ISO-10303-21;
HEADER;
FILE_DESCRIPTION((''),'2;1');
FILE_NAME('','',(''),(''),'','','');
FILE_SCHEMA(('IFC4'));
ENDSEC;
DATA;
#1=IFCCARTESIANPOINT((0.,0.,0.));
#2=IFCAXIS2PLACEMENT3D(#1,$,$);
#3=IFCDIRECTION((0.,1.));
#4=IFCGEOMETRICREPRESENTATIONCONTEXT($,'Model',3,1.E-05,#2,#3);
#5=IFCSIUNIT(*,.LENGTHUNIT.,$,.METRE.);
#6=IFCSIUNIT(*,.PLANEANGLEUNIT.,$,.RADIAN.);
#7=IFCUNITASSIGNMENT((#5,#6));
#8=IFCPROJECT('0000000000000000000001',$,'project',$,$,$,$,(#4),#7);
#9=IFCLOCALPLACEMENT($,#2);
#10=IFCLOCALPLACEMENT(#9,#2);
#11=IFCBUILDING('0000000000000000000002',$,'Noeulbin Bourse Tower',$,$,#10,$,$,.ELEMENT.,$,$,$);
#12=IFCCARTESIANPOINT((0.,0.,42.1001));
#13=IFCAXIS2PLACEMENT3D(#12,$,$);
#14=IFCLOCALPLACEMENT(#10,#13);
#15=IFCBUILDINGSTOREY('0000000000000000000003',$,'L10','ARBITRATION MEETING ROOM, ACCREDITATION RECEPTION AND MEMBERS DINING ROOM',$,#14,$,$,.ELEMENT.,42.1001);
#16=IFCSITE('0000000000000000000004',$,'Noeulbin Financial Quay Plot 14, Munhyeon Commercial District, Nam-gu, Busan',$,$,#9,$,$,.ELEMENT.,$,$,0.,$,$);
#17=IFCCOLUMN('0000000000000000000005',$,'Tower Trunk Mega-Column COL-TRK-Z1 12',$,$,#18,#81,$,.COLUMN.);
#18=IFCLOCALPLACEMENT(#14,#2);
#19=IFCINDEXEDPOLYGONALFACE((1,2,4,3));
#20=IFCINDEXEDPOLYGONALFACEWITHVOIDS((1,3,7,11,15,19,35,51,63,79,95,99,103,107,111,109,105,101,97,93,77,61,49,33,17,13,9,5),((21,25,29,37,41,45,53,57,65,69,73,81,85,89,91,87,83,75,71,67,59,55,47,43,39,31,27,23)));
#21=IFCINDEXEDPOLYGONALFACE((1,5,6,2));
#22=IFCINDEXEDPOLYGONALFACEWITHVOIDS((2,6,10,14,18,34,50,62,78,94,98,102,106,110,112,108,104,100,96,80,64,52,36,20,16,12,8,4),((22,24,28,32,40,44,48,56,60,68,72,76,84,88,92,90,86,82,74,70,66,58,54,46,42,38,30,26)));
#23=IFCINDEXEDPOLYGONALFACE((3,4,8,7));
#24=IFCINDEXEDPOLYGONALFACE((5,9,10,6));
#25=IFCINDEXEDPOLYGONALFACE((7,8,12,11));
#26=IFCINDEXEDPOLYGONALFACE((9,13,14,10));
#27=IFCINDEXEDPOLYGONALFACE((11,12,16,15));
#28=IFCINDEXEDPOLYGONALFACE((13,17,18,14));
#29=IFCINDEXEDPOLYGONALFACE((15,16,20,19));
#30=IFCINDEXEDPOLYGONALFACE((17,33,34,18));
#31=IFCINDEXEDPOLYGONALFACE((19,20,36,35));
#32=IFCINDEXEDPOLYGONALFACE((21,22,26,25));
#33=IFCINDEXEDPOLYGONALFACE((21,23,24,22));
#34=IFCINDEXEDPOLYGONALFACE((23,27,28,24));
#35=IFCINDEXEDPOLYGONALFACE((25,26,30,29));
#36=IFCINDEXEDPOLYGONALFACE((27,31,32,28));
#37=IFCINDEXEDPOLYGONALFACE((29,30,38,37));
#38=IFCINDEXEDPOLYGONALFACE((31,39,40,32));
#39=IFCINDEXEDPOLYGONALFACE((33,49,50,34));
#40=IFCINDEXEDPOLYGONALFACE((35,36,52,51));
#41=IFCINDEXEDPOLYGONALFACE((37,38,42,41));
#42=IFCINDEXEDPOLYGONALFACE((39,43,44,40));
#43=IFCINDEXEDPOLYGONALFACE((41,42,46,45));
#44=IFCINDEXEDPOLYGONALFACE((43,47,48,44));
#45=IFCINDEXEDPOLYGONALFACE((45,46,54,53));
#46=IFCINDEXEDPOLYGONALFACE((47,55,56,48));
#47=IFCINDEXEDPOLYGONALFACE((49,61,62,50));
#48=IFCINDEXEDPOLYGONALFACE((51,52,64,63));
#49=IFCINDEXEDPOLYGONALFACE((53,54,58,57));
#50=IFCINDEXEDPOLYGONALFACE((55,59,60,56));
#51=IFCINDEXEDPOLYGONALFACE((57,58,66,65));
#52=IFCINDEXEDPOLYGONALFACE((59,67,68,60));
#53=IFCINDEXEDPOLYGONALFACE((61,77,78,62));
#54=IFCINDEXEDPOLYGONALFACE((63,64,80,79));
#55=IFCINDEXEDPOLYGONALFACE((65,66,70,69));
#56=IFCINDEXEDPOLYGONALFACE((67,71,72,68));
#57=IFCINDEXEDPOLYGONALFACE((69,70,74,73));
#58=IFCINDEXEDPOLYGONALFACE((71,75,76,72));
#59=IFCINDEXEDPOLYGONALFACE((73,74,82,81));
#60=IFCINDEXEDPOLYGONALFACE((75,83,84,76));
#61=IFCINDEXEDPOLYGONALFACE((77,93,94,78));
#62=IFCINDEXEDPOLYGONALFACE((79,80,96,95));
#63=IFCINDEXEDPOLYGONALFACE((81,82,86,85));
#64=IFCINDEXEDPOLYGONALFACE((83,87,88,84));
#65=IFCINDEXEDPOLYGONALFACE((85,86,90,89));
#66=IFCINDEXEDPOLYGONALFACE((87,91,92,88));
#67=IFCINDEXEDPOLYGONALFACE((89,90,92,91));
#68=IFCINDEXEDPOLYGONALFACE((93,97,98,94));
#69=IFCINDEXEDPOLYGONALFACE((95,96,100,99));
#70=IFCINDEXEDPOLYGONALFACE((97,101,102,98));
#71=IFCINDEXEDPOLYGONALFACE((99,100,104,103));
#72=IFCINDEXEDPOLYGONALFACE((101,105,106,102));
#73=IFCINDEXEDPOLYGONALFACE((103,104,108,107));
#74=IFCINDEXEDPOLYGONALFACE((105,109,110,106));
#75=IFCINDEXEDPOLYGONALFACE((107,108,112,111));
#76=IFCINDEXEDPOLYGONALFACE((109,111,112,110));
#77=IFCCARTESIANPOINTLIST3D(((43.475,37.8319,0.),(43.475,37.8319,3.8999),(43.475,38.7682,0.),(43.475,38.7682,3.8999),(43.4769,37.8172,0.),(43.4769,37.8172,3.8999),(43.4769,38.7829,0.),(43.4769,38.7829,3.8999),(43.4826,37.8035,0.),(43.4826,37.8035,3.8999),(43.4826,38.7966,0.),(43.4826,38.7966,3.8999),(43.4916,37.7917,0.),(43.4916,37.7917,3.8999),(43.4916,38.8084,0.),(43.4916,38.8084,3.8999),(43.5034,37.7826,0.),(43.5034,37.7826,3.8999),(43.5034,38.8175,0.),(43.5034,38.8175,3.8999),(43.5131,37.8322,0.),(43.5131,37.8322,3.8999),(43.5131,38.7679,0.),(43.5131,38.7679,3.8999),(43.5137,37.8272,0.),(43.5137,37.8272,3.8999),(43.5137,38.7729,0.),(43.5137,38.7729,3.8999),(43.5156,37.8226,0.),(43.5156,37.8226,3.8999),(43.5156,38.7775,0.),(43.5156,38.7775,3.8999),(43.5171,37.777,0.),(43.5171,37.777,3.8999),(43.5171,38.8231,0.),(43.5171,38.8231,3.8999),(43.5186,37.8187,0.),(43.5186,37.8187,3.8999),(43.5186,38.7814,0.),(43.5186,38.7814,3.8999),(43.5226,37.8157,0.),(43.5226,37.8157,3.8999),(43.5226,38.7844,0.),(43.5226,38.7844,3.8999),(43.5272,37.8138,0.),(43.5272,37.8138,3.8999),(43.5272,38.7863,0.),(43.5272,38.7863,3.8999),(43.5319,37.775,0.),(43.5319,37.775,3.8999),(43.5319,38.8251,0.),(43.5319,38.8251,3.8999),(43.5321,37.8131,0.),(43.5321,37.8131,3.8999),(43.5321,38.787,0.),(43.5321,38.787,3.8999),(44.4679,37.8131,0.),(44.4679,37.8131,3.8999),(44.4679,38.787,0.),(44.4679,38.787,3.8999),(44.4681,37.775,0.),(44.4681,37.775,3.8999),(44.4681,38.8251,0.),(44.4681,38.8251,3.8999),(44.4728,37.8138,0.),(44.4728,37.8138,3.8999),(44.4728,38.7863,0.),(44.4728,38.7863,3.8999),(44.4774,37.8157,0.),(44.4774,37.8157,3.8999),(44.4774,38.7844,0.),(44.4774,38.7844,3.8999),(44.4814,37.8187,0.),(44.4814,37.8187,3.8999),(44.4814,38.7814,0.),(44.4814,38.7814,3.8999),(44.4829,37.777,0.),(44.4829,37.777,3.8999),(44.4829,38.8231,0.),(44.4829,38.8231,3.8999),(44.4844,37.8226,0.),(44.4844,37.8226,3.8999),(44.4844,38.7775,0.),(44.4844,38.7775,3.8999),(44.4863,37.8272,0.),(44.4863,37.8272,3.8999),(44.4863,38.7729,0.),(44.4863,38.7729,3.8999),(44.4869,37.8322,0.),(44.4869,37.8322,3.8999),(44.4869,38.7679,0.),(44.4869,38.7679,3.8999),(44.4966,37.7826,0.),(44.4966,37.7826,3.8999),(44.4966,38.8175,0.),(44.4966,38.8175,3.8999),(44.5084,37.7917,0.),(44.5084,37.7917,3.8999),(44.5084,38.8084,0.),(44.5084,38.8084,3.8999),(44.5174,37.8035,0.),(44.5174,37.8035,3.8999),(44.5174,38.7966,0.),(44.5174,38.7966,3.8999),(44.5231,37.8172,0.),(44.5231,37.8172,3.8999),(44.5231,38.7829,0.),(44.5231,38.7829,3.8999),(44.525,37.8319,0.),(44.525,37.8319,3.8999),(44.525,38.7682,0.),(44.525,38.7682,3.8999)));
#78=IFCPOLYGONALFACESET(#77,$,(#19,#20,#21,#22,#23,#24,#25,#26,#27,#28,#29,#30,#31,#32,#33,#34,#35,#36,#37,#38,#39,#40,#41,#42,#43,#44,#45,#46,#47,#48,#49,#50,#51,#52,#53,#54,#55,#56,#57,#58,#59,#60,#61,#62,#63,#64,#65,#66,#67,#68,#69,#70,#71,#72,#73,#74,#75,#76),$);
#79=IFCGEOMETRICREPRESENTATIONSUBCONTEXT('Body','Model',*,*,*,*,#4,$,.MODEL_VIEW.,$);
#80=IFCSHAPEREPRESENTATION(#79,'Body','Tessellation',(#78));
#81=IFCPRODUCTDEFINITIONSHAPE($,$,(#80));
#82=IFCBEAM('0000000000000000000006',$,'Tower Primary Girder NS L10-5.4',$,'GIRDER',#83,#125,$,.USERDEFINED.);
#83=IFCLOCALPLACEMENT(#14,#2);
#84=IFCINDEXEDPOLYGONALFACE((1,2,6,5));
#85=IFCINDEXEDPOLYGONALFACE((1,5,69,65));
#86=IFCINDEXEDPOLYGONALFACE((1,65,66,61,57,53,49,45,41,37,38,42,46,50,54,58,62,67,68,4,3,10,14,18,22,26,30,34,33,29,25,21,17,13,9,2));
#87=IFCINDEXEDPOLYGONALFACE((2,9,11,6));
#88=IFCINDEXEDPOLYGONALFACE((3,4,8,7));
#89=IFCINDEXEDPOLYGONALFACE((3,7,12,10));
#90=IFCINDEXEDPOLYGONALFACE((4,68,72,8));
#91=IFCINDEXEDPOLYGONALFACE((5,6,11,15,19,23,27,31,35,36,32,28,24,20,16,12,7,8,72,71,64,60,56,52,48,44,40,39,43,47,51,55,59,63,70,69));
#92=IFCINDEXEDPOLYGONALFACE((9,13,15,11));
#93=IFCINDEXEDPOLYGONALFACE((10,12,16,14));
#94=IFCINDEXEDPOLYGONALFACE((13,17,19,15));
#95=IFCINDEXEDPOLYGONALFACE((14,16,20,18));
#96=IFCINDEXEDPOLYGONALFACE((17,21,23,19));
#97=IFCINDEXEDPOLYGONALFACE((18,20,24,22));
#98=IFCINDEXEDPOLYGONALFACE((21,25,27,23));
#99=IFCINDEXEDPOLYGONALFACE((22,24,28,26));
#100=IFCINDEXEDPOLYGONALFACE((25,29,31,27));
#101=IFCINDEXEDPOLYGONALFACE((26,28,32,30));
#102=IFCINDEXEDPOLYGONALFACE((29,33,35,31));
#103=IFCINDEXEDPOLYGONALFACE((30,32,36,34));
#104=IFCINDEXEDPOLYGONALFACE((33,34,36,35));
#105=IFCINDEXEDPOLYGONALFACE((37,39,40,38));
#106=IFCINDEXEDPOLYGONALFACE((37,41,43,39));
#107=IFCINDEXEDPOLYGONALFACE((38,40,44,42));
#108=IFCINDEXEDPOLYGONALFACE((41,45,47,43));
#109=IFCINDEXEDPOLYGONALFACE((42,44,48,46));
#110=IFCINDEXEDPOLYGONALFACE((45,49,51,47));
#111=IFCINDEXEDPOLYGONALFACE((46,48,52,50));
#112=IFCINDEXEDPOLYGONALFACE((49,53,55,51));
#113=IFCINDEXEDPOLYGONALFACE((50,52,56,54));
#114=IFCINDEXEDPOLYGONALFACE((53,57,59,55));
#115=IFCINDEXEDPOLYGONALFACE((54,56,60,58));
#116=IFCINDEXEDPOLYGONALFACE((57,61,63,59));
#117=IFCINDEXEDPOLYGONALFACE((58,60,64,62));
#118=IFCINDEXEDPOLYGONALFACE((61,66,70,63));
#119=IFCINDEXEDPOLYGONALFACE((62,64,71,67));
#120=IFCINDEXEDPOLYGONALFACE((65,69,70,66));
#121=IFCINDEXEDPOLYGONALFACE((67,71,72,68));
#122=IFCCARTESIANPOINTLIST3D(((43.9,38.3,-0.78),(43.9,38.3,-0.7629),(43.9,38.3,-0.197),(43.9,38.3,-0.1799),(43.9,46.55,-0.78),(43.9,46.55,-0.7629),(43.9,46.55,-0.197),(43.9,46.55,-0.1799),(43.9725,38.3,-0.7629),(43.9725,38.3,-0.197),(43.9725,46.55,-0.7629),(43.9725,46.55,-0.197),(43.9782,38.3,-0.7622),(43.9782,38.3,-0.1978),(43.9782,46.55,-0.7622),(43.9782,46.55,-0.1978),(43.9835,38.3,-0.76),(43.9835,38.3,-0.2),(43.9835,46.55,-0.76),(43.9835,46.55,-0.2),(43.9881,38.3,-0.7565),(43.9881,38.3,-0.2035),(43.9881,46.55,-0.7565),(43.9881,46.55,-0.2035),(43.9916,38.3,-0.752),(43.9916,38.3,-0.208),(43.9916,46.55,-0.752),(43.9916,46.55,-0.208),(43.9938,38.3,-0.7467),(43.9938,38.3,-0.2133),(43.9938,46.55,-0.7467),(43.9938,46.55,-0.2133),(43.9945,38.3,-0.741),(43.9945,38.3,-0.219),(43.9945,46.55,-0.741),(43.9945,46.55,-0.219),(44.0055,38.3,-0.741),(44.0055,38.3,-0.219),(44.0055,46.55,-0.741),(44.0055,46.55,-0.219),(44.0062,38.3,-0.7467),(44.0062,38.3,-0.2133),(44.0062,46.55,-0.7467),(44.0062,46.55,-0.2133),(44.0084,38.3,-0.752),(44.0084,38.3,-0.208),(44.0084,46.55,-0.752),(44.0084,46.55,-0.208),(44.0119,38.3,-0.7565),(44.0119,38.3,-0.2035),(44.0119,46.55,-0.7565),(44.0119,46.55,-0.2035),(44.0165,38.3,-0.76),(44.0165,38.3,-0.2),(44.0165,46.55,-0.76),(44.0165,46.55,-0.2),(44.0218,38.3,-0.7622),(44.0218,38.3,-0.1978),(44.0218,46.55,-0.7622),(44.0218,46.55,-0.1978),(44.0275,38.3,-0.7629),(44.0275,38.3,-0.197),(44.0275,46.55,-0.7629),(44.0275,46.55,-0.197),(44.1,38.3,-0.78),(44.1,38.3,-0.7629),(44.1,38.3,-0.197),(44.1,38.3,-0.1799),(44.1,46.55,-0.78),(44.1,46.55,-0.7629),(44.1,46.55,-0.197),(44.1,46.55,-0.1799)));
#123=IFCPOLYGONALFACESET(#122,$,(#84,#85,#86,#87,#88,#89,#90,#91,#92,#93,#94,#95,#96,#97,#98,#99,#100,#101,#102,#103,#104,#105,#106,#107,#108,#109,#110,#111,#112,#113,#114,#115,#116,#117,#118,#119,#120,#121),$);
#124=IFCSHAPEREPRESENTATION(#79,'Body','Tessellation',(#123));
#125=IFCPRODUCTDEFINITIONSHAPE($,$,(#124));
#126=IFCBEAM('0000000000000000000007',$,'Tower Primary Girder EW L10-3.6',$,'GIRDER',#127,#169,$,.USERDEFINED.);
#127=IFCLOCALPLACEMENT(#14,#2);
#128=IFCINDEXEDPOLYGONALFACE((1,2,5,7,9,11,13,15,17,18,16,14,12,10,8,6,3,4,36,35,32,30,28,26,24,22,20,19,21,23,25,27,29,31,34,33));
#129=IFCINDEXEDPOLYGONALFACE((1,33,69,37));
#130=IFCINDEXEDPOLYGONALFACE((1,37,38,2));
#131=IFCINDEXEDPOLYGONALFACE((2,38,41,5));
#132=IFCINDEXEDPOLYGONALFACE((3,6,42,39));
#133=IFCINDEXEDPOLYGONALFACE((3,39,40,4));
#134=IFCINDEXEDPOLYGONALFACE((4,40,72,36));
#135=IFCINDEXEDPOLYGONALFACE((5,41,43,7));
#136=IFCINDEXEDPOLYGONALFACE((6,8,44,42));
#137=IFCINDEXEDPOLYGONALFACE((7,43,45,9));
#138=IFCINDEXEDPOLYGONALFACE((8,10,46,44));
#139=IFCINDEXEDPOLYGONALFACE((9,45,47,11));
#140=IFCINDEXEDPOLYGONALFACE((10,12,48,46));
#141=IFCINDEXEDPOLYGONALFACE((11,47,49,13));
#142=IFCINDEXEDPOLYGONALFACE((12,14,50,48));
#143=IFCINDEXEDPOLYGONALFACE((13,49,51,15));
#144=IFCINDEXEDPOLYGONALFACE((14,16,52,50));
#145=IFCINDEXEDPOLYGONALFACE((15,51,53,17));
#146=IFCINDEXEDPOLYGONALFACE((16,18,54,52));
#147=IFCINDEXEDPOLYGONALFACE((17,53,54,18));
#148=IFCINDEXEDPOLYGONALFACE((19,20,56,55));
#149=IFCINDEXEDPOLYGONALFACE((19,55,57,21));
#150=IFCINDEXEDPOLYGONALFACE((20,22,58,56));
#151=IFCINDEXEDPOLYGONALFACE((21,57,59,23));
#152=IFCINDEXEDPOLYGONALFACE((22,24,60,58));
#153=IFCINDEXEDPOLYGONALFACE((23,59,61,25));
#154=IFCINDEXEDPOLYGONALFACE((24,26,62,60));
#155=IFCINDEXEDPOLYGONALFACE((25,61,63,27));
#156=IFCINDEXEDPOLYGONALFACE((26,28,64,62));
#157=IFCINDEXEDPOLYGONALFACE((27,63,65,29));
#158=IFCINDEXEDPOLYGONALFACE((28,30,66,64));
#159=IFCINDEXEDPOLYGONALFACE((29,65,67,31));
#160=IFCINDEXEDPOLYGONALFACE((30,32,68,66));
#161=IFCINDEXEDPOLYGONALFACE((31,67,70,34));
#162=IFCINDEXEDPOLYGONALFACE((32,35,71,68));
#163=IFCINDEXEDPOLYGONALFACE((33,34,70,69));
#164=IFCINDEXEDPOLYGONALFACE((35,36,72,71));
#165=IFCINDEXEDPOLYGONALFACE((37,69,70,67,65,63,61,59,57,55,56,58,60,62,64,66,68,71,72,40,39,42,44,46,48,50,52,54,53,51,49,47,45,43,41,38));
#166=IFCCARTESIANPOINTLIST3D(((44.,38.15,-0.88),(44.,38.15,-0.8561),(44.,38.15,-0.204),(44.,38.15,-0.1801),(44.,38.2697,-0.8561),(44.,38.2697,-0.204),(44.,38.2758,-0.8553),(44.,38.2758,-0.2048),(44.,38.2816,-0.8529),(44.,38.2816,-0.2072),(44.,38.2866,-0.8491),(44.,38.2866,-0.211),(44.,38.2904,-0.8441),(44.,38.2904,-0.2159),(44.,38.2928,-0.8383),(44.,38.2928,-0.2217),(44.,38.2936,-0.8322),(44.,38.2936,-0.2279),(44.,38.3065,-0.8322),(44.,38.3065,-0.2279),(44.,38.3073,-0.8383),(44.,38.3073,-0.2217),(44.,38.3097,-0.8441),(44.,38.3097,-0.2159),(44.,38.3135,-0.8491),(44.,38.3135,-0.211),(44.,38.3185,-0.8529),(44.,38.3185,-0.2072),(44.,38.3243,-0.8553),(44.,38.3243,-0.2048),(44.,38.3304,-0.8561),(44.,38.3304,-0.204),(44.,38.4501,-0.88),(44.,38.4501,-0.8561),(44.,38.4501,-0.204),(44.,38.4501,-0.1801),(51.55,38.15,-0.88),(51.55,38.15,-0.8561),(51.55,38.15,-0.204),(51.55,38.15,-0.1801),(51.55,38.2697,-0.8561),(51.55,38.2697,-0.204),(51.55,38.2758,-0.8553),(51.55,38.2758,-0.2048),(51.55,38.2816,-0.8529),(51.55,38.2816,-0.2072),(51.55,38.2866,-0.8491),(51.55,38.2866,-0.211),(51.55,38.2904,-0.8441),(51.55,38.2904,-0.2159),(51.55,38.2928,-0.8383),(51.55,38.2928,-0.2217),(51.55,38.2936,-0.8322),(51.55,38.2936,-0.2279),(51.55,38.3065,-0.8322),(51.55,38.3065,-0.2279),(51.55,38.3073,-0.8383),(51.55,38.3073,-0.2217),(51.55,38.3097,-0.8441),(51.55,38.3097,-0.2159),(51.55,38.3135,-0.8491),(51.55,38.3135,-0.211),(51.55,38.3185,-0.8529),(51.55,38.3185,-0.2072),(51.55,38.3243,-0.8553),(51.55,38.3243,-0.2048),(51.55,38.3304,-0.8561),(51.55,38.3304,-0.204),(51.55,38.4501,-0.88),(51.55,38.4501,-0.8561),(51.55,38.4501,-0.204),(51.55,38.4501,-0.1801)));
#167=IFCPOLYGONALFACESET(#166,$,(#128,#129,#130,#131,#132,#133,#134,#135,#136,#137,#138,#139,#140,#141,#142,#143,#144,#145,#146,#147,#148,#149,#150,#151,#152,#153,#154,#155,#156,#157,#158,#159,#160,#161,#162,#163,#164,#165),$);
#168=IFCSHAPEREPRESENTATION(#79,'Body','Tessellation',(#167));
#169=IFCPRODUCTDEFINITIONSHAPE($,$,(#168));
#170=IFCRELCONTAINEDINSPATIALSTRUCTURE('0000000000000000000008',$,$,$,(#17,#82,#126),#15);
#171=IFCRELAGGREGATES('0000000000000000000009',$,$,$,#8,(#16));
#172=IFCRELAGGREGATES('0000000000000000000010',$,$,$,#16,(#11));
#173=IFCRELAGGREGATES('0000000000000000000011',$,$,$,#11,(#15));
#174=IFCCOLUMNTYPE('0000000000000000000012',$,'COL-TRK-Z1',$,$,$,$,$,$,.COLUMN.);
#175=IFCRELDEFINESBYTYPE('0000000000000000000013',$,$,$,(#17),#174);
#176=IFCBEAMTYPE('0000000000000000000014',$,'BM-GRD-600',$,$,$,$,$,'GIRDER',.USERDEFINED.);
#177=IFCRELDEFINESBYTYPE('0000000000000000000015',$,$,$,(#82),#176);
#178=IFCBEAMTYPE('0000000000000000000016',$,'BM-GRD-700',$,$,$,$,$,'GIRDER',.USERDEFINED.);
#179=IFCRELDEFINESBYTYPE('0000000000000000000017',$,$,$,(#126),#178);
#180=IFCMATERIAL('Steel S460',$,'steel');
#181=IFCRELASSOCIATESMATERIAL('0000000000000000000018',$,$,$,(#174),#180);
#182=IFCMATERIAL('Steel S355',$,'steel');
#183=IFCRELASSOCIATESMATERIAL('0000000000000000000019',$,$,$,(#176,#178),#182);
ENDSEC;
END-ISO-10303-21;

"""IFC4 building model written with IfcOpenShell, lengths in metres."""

from ifc_helpers import new_model, si_unit, direction, frame, origin, origin_2d, place, context, subcontext, project, spatial, hollow_rectangle, i_section, extrude, material, material_profile, profile_set, type_object, element, save


model = new_model("IFC4")

# Units and contexts
model_context = context("Model", 3, precision=1e-05, world=origin(), true_north=direction((0.0, 1.0)))
body_context = subcontext(model_context, "Body", "Model", "MODEL_VIEW")
ifc_project = project(units=[si_unit("LENGTHUNIT", "METRE"), si_unit("PLANEANGLEUNIT", "RADIAN")], contexts=[model_context])

# Site, building, storey
site_placement = place(None, origin())
site = spatial("IfcSite", under=ifc_project, at=site_placement, Name="Noeulbin Financial Quay Plot 14, Munhyeon Commercial District, Nam-gu, Busan", CompositionType="ELEMENT", RefElevation=0.0)
building_placement = place(site_placement, origin())
building = spatial("IfcBuilding", under=site, at=building_placement, Name="Noeulbin Bourse Tower", CompositionType="ELEMENT")
storey_placement = place(building_placement, frame((0.0, 0.0, 42.1001)))
storey = spatial("IfcBuildingStorey", under=building, at=storey_placement, Name="L10", Description="ARBITRATION MEETING ROOM, ACCREDITATION RECEPTION AND MEMBERS DINING ROOM", CompositionType="ELEMENT", Elevation=42.1001)

# Column
ifc_material_1 = material(Name="Steel S460", Category="steel")
ifc_material_profile_1 = material_profile(ifc_material_1, hollow_rectangle(XDim=1.05, YDim=1.05, WallThickness=0.0381, InnerFilletRadius=0.019, OuterFilletRadius=0.0569, at=origin_2d()), Name="BOX-1050x1050x38", Category="LoadBearing")
ifc_profile_set_1 = profile_set([ifc_material_profile_1], Name="Steel S460")
column_type_1 = type_object("IfcColumnType", Name="COL-TRK-Z1", PredefinedType="COLUMN", material=ifc_profile_set_1)
column_placement = place(storey_placement, frame((44.0, 38.3, 0.0), z_axis=(0.0, 0.0, 1.0), x_axis=(1.0, 0.0, 0.0)))
element("IfcColumn", 1, at=column_placement, inside=storey, type_object=column_type_1, Name="Tower Trunk Mega-Column COL-TRK-Z1 12", PredefinedType="COLUMN", context=body_context, shape_type="SweptSolid", body=[
    extrude(hollow_rectangle(XDim=1.05, YDim=1.05, WallThickness=0.0381, InnerFilletRadius=0.019, OuterFilletRadius=0.0569, at=origin_2d()), origin(), (0.0, 0.0, 1.0), 3.8999),
])

# Beams
ifc_material_2 = material(Name="Steel S355", Category="steel")
ifc_material_profile_2 = material_profile(ifc_material_2, i_section(OverallWidth=0.2, OverallDepth=0.6001, WebThickness=0.011, FlangeThickness=0.0171, FilletRadius=0.022, at=origin_2d()), Name="H-600x200x11x17", Category="LoadBearing")
ifc_profile_set_2 = profile_set([ifc_material_profile_2], Name="Steel S355")
beam_type_1 = type_object("IfcBeamType", Name="BM-GRD-600", ElementType="GIRDER", PredefinedType="USERDEFINED", material=ifc_profile_set_2)
beam_1_placement = place(storey_placement, frame((44.0, 38.3, -0.48), z_axis=(0.0, 1.0, 0.0), x_axis=(-1.0, 0.0, 0.0)))
element("IfcBeam", 2, at=beam_1_placement, inside=storey, type_object=beam_type_1, Name="Tower Primary Girder NS L10-5.4", ObjectType="GIRDER", PredefinedType="USERDEFINED", context=body_context, shape_type="SweptSolid", body=[
    extrude(i_section(OverallWidth=0.2, OverallDepth=0.6001, WebThickness=0.011, FlangeThickness=0.0171, FilletRadius=0.022, at=origin_2d()), origin(), (0.0, 0.0, 1.0), 8.25),
])
ifc_material_profile_3 = material_profile(ifc_material_2, i_section(OverallWidth=0.3, OverallDepth=0.7, WebThickness=0.0129, FlangeThickness=0.0239, FilletRadius=0.0239, at=origin_2d()), Name="H-700x300x13x24", Category="LoadBearing")
ifc_profile_set_3 = profile_set([ifc_material_profile_3], Name="Steel S355")
beam_type_2 = type_object("IfcBeamType", Name="BM-GRD-700", ElementType="GIRDER", PredefinedType="USERDEFINED", material=ifc_profile_set_3)
beam_2_placement = place(storey_placement, frame((44.0, 38.3, -0.53), z_axis=(1.0, 0.0, 0.0), x_axis=(0.0, 1.0, 0.0)))
element("IfcBeam", 3, at=beam_2_placement, inside=storey, type_object=beam_type_2, Name="Tower Primary Girder EW L10-3.6", ObjectType="GIRDER", PredefinedType="USERDEFINED", context=body_context, shape_type="SweptSolid", body=[
    extrude(i_section(OverallWidth=0.3, OverallDepth=0.7, WebThickness=0.0129, FlangeThickness=0.0239, FilletRadius=0.0239, at=origin_2d()), origin(), (0.0, 0.0, 1.0), 7.55),
])

save(model, "model.ifc")
